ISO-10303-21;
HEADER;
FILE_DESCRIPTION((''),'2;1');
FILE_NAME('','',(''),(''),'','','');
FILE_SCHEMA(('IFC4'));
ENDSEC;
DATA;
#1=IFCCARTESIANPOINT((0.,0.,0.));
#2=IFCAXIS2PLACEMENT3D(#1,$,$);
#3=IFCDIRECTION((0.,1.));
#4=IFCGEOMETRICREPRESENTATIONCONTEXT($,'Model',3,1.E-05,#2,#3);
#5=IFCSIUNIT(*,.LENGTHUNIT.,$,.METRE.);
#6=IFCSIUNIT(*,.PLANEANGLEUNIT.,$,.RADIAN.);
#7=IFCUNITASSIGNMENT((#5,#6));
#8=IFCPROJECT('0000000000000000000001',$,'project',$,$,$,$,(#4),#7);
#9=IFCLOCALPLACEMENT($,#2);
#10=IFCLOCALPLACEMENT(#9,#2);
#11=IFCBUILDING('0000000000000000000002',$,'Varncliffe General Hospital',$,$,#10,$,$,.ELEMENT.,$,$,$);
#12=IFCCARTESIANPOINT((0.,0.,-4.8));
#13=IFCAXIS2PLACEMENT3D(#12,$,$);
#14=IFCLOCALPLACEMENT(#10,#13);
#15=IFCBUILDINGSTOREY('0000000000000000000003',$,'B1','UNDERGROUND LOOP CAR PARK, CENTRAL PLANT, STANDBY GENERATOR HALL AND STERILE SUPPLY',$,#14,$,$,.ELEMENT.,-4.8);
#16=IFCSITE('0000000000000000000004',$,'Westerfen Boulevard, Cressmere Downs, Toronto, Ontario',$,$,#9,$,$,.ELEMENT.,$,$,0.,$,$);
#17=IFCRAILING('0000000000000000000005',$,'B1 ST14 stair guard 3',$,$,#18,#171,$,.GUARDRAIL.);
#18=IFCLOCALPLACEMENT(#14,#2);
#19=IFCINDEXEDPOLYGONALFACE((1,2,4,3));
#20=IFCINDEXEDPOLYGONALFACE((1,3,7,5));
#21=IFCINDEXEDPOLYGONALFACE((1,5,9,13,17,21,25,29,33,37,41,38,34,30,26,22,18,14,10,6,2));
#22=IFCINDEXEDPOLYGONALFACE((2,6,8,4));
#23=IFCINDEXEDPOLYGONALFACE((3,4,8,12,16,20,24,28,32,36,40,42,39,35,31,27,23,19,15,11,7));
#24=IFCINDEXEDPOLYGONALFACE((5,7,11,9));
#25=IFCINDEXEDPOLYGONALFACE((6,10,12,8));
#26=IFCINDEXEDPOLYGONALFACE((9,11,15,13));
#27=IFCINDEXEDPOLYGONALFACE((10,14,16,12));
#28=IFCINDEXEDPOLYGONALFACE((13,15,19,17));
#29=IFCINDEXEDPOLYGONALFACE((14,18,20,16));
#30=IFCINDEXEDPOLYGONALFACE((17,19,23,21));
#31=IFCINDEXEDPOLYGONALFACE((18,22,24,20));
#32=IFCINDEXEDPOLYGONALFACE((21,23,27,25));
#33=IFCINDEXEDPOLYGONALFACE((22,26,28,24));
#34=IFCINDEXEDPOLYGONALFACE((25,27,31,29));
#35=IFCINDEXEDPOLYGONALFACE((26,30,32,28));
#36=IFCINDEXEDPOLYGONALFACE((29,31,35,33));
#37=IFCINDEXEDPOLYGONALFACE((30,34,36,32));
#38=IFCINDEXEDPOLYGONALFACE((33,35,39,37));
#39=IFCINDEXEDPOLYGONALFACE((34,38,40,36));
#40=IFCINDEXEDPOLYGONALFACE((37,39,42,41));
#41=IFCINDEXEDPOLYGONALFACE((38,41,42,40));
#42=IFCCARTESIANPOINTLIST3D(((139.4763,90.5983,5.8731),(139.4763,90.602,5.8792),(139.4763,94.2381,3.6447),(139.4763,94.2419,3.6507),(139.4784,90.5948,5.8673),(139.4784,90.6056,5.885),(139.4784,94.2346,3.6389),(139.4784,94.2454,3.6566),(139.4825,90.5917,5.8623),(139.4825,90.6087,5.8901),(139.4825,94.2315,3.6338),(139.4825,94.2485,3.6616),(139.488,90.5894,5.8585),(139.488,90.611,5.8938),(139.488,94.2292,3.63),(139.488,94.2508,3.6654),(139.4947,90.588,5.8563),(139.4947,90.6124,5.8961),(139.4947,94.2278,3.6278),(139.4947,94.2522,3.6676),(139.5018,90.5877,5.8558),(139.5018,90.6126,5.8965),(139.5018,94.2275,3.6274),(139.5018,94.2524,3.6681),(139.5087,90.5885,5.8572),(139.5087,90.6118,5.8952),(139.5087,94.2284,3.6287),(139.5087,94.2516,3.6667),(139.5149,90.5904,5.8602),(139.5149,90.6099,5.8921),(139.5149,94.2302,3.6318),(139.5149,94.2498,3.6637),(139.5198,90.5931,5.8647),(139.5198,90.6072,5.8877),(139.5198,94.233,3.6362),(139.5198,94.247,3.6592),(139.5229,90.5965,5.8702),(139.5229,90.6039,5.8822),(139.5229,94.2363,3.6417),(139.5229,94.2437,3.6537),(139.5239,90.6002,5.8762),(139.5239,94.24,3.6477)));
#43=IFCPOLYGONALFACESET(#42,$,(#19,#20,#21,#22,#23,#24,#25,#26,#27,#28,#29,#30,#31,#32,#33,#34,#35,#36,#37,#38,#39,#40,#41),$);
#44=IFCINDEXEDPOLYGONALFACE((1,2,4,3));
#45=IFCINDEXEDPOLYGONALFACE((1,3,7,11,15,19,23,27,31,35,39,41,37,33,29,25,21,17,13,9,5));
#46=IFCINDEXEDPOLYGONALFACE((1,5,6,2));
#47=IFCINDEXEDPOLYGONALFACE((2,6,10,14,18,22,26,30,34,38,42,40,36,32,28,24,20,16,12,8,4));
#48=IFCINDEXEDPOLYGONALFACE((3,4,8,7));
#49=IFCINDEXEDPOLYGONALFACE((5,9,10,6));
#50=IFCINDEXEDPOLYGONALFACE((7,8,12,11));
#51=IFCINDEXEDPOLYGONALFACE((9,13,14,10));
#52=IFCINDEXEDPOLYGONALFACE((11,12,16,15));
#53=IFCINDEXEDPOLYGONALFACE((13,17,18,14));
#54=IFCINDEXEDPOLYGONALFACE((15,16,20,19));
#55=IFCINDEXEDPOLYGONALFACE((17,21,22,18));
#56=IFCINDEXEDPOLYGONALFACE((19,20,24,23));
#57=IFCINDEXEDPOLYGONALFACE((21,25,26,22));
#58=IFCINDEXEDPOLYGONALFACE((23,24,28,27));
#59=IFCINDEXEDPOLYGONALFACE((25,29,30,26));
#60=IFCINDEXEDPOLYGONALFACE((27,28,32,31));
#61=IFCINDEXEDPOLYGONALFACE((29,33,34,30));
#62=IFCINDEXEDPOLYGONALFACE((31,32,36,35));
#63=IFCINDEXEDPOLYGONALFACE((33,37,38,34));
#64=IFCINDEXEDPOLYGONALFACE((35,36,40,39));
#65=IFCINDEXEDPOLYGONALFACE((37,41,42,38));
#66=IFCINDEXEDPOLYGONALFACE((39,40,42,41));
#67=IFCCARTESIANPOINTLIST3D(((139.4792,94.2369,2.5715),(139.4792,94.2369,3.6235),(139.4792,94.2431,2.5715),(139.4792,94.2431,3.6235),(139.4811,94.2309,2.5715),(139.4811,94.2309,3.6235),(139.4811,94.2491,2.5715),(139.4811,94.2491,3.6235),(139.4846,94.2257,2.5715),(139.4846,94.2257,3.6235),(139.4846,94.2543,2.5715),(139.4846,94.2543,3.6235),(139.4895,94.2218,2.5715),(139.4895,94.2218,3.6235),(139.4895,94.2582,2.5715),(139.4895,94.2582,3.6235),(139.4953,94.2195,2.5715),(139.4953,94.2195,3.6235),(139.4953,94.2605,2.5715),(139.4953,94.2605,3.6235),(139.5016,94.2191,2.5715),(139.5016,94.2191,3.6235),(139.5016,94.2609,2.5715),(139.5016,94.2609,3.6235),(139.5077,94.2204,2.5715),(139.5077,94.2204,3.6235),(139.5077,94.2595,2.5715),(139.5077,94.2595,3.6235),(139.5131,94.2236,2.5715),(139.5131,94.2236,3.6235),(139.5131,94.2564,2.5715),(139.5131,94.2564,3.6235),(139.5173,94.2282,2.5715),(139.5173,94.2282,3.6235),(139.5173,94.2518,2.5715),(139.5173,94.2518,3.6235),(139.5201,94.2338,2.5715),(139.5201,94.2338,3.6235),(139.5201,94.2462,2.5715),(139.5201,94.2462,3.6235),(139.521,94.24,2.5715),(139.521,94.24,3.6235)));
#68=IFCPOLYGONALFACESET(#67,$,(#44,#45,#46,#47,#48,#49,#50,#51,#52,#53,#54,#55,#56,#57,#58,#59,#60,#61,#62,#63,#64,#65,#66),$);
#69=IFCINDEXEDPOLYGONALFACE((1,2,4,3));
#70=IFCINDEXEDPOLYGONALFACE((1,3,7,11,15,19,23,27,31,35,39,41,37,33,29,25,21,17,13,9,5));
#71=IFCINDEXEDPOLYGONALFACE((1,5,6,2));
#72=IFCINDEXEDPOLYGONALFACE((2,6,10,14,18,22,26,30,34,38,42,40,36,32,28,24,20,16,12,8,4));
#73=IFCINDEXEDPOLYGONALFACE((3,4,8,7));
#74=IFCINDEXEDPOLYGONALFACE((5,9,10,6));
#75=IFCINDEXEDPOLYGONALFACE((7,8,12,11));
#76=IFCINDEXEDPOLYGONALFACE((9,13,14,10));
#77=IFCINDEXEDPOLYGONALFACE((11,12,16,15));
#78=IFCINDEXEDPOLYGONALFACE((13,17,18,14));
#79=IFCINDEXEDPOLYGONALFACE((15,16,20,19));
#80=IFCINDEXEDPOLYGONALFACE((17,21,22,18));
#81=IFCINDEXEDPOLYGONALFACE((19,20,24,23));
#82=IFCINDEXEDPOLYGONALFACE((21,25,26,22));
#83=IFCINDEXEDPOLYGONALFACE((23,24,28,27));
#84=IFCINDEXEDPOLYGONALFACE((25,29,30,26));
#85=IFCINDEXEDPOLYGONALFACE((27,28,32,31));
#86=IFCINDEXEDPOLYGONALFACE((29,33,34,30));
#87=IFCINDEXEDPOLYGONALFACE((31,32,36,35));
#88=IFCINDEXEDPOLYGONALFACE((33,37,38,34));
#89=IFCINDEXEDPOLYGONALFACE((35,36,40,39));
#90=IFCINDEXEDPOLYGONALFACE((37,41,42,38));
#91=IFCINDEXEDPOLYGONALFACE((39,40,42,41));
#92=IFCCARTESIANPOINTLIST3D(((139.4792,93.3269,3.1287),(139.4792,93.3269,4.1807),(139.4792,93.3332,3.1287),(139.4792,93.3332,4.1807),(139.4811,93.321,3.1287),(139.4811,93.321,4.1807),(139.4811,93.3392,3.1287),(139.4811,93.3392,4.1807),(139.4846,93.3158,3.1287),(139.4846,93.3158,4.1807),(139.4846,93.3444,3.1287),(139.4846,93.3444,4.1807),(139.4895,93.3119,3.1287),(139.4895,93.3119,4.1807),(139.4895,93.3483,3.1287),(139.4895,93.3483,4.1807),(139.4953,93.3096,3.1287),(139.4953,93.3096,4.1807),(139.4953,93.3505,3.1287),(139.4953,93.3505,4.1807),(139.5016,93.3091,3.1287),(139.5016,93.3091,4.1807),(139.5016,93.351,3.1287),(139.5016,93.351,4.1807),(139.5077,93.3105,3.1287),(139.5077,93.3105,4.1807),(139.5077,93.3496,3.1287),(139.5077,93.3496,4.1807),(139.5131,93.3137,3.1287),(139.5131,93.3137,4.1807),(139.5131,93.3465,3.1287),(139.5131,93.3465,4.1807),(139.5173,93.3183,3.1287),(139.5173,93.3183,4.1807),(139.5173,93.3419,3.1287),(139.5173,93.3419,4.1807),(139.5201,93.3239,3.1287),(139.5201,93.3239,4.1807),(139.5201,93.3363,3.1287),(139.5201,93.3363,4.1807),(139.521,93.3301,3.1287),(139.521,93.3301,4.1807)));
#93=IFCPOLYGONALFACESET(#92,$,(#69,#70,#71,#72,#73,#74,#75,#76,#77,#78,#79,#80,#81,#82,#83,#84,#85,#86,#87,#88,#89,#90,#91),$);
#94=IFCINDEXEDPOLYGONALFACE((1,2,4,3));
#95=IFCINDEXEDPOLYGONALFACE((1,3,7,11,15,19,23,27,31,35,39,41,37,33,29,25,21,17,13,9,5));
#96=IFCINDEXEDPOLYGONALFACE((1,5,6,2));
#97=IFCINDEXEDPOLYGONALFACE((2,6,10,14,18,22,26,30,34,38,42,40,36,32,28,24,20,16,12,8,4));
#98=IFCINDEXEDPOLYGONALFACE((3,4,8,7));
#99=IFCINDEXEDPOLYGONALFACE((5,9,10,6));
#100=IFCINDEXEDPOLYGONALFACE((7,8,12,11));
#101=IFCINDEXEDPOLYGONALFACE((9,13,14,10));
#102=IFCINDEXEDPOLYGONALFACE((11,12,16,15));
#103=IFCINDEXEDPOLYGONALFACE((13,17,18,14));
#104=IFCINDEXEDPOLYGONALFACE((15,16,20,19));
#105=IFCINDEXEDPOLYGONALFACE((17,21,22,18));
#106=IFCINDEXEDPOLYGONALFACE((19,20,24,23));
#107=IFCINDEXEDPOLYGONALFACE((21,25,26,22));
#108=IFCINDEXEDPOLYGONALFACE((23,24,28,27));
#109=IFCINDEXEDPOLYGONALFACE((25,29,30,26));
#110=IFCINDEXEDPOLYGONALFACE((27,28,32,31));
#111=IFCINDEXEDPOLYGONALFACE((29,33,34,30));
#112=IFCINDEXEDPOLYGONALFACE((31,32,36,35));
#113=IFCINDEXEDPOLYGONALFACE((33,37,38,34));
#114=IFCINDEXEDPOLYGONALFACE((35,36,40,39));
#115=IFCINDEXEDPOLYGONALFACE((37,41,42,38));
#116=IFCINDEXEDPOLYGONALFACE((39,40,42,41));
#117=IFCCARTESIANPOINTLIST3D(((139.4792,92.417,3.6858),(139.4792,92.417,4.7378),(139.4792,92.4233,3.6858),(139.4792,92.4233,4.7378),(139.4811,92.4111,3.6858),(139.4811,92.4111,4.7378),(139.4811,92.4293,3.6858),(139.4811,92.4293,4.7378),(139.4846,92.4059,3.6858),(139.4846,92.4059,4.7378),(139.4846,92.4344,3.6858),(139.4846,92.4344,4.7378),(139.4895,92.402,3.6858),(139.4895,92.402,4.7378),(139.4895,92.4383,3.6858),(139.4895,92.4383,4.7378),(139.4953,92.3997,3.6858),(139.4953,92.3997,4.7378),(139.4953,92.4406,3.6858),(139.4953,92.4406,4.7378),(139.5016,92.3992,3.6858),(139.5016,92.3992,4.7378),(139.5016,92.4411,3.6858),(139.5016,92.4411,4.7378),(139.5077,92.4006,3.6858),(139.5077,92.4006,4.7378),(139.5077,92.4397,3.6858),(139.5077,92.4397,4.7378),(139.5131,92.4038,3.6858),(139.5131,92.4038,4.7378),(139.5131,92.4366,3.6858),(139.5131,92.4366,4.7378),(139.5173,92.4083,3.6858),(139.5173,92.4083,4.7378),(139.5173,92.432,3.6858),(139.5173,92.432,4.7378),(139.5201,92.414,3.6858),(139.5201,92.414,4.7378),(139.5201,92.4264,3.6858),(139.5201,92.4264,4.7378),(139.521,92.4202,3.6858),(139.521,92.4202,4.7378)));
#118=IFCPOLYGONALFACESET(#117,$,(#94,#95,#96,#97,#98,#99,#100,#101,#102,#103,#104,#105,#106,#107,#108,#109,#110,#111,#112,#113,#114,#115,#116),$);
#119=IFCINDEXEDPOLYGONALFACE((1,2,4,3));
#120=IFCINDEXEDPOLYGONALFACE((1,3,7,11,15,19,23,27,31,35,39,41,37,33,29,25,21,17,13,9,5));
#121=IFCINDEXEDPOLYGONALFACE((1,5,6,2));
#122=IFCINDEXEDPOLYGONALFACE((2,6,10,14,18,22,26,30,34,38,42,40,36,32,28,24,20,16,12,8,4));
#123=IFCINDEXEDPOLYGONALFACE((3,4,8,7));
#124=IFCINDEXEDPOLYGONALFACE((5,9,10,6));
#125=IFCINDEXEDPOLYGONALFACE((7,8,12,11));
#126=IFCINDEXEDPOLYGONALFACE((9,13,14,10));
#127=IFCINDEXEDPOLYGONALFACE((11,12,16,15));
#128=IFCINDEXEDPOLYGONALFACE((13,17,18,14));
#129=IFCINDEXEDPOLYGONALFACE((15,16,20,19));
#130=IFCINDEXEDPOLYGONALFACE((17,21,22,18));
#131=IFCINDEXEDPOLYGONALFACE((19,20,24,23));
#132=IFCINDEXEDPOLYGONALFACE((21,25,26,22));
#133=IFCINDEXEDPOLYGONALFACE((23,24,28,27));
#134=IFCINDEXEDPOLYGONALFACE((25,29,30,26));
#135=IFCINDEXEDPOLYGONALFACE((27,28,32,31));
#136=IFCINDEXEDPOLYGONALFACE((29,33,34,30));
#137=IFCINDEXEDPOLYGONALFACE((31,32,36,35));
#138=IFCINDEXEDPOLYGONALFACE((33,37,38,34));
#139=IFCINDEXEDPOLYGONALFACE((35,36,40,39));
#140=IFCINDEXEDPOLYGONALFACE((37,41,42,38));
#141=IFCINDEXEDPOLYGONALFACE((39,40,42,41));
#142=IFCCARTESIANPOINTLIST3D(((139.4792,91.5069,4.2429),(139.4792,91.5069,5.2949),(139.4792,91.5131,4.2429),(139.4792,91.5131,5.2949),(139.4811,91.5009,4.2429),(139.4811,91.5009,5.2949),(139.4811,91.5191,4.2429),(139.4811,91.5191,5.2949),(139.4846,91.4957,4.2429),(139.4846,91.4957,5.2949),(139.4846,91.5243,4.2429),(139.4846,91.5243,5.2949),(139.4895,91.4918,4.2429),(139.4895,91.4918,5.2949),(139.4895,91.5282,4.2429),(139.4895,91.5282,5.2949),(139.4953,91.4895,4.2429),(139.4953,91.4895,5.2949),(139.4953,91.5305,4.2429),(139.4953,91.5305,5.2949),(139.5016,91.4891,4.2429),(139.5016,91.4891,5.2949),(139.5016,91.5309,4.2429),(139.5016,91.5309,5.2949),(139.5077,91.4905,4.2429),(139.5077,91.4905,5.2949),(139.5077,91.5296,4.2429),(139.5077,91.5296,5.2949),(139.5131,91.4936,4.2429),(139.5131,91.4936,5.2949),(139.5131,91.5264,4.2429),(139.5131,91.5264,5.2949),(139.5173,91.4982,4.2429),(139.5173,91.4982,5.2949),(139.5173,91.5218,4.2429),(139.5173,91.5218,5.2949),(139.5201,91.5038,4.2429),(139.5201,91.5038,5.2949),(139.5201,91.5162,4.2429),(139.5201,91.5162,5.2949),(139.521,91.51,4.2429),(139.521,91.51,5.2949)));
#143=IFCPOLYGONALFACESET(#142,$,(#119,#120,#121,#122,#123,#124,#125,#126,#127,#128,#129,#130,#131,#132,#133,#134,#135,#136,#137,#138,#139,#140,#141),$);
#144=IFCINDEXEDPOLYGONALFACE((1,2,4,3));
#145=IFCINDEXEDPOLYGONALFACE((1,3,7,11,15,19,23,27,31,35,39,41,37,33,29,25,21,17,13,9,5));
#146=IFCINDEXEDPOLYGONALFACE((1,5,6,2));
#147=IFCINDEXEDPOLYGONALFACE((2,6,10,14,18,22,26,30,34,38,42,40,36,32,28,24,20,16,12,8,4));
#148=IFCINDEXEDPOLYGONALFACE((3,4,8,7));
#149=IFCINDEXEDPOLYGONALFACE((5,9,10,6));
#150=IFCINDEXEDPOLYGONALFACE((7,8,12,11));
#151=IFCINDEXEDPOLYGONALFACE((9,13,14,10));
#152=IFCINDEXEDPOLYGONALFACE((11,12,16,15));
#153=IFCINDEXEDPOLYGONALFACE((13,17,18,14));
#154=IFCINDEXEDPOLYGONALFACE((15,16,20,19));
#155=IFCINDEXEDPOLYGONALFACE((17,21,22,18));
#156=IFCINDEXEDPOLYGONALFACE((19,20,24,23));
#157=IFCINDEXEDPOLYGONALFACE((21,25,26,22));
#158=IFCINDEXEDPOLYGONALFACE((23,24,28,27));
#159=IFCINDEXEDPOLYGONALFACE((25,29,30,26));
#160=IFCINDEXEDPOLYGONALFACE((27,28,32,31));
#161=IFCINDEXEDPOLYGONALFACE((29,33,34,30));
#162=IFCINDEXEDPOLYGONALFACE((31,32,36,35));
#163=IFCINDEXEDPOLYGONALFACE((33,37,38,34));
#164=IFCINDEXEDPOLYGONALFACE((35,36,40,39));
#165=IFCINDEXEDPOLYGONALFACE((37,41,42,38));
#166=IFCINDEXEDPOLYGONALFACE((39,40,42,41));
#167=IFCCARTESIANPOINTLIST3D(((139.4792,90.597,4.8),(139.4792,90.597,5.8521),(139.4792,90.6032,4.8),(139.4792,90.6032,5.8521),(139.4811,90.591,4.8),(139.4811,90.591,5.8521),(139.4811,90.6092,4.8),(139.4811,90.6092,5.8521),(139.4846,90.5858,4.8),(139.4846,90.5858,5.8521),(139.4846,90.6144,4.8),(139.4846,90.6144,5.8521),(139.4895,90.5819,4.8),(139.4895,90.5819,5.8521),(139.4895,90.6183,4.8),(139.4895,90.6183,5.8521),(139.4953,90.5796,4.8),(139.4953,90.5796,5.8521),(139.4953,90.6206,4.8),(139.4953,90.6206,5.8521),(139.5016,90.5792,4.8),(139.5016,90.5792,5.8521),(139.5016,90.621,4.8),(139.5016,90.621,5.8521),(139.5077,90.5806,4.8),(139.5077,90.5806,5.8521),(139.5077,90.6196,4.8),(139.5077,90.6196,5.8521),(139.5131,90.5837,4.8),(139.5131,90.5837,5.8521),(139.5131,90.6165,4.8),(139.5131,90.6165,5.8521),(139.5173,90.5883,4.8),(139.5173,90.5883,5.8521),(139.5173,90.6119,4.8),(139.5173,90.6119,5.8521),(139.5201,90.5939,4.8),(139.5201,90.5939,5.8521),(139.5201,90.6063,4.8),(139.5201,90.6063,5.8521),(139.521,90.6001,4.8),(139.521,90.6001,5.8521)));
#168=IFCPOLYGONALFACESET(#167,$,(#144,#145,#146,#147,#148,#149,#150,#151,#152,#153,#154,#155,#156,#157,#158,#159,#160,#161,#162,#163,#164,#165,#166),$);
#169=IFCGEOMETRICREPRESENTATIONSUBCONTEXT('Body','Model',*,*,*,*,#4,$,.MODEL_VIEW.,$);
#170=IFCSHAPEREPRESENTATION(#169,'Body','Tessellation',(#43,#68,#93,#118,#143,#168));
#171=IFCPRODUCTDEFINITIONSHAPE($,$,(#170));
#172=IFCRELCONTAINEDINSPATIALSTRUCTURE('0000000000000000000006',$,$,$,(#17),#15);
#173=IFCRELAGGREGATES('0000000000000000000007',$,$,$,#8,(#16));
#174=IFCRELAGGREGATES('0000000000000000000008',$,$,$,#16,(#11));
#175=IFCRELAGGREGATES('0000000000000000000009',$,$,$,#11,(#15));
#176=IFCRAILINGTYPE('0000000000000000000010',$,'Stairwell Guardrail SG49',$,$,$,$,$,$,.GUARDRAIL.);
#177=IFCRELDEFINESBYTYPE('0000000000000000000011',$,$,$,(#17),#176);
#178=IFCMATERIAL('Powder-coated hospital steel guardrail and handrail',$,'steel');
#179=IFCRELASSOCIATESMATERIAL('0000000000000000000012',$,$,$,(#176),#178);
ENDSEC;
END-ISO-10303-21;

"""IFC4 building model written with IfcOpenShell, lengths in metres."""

from ifc_helpers import new_model, si_unit, direction, frame, origin, origin_2d, place, context, subcontext, project, spatial, circle, extrude, material, type_object, element, save


model = new_model("IFC4")

# Units and contexts
model_context = context("Model", 3, precision=1e-05, world=origin(), true_north=direction((0.0, 1.0)))
body_context = subcontext(model_context, "Body", "Model", "MODEL_VIEW")
ifc_project = project(units=[si_unit("LENGTHUNIT", "METRE"), si_unit("PLANEANGLEUNIT", "RADIAN")], contexts=[model_context])

# Site, building, storey
site_placement = place(None, origin())
site = spatial("IfcSite", under=ifc_project, at=site_placement, Name="Westerfen Boulevard, Cressmere Downs, Toronto, Ontario", CompositionType="ELEMENT", RefElevation=0.0)
building_placement = place(site_placement, origin())
building = spatial("IfcBuilding", under=site, at=building_placement, Name="Varncliffe General Hospital", CompositionType="ELEMENT")
storey_placement = place(building_placement, frame((0.0, 0.0, -4.8)))
storey = spatial("IfcBuildingStorey", under=building, at=storey_placement, Name="B1", Description="UNDERGROUND LOOP CAR PARK, CENTRAL PLANT, STANDBY GENERATOR HALL AND STERILE SUPPLY", CompositionType="ELEMENT", Elevation=-4.8)

# Railing
ifc_material_1 = material(Name="Powder-coated hospital steel guardrail and handrail", Category="steel")
railing_type_1 = type_object("IfcRailingType", Name="Stairwell Guardrail SG49", PredefinedType="GUARDRAIL", material=ifc_material_1)
railing_1_placement = place(storey_placement, frame((139.5, 94.24, 2.5715)))
element("IfcRailing", 1, at=railing_1_placement, inside=storey, type_object=railing_type_1, Name="B1 ST14 stair guard 3", PredefinedType="GUARDRAIL", context=body_context, shape_type="SweptSolid", body=[
    extrude(circle(Radius=0.0239, at=origin_2d()), frame((0.0, 0.0, 1.0762), z_axis=(0.0, -0.85285, 0.522156), x_axis=(1.0, 0.0, 0.0)), (0.0, 0.0, 1.0), 4.2678),
    extrude(circle(Radius=0.021, at=origin_2d()), origin(), (0.0, 0.0, 1.0), 1.052),
    extrude(circle(Radius=0.021, at=origin_2d()), frame((0.0, -0.9099, 0.5571)), (0.0, 0.0, 1.0), 1.052),
    extrude(circle(Radius=0.021, at=origin_2d()), frame((0.0, -1.8198, 1.1143)), (0.0, 0.0, 1.0), 1.052),
    extrude(circle(Radius=0.021, at=origin_2d()), frame((0.0, -2.73, 1.6714)), (0.0, 0.0, 1.0), 1.052),
    extrude(circle(Radius=0.021, at=origin_2d()), frame((0.0, -3.6399, 2.2285)), (0.0, 0.0, 1.0), 1.052),
])

save(model, "model.ifc")
